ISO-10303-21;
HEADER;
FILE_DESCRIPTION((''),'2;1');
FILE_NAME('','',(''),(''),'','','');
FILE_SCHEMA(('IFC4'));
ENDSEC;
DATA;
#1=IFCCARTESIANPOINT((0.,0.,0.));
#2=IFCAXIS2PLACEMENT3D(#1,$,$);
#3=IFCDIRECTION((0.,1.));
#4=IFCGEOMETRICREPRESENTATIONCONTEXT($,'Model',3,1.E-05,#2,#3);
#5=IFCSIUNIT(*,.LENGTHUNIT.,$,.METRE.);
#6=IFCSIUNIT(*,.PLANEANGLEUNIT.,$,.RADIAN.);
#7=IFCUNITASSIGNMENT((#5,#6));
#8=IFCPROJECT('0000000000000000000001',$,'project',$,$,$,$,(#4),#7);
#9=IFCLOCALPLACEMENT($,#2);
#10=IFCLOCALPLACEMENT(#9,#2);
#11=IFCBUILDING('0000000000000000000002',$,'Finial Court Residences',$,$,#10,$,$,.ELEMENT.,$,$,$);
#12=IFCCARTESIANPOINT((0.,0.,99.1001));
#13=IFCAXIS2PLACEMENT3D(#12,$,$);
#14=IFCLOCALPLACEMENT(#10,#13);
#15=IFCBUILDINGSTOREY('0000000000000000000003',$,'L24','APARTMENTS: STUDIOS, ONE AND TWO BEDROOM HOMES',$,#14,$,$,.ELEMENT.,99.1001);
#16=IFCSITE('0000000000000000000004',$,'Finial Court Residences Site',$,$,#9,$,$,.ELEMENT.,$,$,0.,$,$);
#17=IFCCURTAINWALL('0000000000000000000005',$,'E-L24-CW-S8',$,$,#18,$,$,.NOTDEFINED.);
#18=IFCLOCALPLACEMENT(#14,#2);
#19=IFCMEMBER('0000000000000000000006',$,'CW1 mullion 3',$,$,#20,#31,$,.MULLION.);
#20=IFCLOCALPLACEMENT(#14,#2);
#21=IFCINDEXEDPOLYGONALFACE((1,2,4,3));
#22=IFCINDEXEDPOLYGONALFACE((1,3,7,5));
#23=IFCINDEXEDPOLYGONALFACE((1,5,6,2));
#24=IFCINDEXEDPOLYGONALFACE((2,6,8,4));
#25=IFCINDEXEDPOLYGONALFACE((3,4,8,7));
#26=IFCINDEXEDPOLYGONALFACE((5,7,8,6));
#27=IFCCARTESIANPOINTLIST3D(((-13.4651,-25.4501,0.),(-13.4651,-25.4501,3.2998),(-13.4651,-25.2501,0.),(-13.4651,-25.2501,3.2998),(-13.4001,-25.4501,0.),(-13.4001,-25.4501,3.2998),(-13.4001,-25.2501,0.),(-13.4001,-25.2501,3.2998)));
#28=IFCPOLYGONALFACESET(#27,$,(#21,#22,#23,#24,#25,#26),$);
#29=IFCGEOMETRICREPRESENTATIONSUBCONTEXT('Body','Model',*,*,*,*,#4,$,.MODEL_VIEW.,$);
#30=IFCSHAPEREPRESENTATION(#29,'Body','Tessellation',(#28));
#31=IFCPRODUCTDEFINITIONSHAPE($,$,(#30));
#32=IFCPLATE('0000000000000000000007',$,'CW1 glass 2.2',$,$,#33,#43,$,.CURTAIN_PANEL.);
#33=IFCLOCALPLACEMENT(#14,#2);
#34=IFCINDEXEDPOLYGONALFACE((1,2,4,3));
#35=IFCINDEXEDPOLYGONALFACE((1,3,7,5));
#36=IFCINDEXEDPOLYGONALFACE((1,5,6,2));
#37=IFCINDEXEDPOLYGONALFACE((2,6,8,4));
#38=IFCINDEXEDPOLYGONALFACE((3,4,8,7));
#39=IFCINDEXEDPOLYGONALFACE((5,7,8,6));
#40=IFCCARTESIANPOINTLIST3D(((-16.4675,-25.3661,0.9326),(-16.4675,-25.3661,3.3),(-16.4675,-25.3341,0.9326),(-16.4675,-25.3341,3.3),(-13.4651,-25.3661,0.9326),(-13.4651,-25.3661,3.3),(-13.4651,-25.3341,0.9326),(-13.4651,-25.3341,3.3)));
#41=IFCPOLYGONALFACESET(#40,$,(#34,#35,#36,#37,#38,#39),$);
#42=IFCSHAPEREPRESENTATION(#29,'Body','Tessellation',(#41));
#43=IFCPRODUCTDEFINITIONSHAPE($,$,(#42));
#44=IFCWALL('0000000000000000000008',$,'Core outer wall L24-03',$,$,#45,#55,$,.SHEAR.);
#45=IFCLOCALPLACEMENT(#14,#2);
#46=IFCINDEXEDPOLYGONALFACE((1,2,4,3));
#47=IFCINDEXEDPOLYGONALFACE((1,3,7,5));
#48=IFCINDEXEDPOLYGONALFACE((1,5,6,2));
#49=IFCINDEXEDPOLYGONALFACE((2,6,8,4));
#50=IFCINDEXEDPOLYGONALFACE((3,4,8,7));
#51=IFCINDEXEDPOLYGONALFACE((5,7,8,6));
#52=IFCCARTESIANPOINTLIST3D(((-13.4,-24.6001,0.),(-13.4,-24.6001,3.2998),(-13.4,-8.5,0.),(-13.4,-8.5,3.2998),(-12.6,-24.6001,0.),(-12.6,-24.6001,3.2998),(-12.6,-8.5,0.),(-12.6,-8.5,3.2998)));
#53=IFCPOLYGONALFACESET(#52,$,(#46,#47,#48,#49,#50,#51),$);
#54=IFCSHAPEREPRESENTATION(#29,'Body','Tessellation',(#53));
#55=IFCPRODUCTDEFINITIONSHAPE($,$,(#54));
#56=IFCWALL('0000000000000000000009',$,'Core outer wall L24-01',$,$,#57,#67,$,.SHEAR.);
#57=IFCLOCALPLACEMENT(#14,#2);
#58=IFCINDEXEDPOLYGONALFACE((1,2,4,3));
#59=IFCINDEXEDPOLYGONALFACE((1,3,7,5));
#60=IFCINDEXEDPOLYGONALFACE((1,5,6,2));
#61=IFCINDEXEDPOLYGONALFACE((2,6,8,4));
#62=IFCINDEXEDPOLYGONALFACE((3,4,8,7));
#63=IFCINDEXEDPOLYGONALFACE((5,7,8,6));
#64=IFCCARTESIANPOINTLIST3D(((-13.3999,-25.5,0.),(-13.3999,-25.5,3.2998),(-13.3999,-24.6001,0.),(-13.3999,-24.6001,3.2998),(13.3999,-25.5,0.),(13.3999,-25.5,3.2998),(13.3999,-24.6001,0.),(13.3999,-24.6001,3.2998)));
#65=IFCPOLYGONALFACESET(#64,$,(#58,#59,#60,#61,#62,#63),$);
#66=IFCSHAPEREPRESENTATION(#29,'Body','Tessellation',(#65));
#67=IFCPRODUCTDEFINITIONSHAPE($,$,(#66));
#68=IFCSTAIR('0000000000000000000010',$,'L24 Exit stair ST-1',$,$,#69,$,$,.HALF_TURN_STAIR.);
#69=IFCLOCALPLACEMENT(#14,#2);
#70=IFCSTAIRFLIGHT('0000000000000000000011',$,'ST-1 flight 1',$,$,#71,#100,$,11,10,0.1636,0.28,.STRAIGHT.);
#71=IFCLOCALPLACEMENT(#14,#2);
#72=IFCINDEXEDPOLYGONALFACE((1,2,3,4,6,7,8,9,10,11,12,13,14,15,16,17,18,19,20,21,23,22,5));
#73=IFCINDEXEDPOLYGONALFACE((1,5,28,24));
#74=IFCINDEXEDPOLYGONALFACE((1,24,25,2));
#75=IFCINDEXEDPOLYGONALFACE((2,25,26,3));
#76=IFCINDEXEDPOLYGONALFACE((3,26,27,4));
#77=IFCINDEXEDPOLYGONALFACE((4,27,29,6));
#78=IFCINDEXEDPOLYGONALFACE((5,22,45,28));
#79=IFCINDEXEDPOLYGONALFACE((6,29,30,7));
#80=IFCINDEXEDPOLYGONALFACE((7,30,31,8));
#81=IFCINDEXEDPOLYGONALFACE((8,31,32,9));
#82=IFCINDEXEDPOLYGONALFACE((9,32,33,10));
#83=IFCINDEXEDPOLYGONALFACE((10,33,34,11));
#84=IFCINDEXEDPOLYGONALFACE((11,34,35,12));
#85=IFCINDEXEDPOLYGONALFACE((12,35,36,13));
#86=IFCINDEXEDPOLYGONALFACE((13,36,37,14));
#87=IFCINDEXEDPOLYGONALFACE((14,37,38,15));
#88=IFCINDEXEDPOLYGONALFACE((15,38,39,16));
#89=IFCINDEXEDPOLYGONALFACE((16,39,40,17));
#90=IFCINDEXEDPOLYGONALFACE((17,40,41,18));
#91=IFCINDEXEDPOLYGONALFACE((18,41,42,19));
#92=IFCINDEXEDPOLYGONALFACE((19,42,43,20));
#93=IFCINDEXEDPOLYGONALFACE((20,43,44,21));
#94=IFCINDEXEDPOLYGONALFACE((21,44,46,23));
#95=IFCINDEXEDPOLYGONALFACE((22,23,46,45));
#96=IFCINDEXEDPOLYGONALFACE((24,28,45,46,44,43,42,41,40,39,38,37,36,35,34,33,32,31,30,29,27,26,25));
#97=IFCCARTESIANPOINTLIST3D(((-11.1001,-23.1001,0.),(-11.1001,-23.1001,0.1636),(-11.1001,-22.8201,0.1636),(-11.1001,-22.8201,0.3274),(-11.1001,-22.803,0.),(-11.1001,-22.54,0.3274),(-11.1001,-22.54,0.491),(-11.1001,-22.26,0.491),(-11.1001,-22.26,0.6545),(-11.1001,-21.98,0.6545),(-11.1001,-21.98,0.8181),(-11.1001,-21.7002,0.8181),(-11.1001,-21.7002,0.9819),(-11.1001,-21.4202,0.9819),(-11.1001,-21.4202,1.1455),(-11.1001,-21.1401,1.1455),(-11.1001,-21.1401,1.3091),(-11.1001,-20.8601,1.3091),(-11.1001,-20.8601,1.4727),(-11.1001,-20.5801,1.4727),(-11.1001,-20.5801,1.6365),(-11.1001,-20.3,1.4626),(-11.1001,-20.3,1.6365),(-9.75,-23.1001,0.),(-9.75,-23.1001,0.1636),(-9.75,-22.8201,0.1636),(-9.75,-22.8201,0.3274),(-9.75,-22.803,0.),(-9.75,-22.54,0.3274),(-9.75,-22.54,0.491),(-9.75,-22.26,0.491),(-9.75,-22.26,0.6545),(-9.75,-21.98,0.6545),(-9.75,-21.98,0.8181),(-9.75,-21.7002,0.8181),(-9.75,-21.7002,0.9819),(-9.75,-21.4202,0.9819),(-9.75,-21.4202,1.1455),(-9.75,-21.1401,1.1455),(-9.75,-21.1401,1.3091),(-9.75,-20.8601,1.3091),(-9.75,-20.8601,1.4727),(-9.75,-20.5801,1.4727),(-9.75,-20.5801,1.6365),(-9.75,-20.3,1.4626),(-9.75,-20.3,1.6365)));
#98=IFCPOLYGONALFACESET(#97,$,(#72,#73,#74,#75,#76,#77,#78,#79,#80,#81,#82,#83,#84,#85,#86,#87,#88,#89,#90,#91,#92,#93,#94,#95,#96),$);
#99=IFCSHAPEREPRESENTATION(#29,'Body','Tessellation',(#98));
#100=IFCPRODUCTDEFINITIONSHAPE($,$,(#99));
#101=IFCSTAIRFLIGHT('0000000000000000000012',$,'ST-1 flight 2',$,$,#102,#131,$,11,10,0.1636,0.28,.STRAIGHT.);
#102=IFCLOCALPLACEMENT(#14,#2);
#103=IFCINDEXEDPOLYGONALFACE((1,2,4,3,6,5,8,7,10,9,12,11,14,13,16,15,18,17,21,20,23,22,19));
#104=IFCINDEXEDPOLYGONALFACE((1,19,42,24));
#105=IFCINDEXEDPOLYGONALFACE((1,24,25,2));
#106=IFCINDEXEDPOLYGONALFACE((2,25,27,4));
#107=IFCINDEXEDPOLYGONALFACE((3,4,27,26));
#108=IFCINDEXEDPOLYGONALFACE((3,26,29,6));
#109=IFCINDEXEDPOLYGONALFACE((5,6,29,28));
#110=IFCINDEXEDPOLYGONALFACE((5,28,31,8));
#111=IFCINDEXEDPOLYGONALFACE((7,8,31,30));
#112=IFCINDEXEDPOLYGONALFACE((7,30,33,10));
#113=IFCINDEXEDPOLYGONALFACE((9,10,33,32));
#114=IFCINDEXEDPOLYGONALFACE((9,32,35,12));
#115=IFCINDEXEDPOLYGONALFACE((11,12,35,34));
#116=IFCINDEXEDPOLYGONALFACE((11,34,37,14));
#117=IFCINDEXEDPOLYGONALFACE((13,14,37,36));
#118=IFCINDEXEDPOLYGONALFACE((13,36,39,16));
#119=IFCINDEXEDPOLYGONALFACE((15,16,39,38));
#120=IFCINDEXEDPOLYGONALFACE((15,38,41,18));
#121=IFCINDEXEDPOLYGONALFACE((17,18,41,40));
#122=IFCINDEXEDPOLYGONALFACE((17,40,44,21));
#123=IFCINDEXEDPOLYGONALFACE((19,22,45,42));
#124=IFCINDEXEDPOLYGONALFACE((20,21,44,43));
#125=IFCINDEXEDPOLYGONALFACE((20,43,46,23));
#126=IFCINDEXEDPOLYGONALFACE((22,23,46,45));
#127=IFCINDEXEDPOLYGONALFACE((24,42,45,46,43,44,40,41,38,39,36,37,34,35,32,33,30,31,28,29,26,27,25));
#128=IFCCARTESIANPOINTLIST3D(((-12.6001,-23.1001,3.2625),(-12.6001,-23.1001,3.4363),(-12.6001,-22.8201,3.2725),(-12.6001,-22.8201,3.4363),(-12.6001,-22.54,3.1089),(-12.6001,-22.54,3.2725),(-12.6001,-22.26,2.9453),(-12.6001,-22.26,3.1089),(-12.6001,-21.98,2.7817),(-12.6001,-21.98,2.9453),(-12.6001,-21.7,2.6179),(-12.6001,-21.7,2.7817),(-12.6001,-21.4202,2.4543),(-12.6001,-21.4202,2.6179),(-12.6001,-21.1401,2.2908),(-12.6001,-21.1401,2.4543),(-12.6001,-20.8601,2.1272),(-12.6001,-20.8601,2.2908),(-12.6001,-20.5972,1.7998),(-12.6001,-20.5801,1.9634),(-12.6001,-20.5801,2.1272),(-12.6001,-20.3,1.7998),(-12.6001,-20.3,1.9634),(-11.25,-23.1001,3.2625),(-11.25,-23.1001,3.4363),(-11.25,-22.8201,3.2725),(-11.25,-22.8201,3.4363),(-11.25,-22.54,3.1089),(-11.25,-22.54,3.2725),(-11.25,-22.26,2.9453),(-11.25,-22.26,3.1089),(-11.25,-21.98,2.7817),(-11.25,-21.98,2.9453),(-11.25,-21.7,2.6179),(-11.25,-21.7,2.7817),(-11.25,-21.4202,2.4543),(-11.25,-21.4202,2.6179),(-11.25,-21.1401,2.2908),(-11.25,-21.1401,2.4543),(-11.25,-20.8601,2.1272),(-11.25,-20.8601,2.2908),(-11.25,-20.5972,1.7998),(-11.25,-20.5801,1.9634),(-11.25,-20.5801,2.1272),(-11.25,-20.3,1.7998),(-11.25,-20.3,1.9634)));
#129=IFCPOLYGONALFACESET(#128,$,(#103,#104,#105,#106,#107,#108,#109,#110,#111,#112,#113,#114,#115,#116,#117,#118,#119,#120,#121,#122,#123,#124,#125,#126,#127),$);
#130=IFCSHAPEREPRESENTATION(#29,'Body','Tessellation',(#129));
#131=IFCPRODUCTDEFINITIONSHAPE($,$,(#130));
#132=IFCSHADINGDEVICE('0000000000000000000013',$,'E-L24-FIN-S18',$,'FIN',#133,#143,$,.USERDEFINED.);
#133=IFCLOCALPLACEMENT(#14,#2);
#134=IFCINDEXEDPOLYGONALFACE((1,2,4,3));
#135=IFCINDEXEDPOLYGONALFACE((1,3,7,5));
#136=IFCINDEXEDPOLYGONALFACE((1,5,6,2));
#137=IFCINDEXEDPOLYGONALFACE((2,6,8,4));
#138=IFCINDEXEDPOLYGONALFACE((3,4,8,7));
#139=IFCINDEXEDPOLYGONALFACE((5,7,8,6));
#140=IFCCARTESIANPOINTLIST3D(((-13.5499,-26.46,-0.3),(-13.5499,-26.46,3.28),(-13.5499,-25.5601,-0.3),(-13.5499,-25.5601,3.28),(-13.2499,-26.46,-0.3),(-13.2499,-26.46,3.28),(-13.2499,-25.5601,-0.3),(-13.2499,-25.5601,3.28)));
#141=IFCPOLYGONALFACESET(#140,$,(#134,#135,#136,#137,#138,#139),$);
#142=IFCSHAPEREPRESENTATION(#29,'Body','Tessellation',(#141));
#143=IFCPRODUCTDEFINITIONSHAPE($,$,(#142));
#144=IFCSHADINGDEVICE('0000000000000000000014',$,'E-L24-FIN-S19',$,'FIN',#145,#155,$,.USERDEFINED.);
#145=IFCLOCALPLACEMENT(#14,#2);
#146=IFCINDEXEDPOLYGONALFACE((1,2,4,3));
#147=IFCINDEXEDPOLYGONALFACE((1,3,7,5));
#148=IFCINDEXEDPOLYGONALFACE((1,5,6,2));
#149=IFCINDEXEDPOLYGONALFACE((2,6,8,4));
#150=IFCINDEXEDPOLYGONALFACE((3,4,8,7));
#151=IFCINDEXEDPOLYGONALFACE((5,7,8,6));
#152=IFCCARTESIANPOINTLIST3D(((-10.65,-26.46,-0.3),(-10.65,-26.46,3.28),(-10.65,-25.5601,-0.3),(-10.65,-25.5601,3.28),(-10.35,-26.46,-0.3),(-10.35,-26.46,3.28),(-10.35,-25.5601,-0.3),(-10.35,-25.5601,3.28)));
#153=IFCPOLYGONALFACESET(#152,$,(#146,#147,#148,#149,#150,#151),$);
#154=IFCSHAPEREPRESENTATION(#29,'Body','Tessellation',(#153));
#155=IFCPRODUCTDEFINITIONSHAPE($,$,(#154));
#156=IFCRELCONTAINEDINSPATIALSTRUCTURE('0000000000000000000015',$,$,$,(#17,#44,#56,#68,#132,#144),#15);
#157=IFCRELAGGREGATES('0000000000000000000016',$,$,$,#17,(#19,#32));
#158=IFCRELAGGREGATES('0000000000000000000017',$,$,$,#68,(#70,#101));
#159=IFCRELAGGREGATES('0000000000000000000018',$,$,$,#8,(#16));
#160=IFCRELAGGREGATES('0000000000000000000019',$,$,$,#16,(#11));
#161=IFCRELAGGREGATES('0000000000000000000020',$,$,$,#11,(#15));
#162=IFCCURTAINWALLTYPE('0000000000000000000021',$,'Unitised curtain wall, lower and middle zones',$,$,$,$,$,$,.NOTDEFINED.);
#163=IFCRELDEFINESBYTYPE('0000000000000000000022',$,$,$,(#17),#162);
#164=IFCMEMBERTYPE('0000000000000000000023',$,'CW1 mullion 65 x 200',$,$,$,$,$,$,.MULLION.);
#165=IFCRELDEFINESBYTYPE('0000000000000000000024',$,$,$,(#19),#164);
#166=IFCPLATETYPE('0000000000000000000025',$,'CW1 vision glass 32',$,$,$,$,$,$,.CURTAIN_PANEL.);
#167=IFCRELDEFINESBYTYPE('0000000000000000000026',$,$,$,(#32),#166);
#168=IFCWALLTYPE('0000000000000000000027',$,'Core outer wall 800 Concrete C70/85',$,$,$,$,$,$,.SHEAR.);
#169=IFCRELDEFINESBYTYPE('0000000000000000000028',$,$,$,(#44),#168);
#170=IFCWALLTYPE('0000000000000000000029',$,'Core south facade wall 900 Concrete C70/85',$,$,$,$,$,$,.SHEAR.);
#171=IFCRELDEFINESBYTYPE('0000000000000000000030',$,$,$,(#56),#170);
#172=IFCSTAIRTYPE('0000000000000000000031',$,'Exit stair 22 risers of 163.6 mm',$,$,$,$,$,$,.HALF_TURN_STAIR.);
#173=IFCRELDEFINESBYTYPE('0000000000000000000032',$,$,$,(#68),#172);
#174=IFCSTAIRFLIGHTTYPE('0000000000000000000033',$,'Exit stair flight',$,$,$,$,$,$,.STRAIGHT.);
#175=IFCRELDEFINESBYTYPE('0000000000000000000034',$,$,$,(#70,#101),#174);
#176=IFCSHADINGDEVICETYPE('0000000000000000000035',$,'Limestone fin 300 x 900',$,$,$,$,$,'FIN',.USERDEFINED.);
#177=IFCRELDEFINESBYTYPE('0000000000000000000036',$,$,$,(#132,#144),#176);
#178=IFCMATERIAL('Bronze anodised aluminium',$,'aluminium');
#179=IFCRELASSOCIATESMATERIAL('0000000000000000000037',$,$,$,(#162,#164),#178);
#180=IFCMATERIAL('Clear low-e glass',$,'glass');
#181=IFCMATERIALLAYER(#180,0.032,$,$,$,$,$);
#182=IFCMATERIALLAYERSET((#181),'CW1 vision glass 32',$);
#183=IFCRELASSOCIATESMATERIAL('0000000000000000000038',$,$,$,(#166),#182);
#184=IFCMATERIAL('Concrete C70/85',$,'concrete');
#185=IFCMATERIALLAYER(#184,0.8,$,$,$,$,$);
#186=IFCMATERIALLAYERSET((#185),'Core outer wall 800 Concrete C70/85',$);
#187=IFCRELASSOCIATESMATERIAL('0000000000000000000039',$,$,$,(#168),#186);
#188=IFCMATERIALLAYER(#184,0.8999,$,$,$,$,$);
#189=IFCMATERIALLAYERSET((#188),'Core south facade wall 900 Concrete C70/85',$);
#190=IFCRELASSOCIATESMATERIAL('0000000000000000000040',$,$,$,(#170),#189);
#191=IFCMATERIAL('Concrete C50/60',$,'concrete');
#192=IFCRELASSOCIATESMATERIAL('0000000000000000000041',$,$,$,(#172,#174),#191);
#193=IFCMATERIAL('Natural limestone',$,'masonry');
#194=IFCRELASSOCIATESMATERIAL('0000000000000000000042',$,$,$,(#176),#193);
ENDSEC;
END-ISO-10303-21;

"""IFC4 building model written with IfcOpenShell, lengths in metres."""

from ifc_helpers import new_model, si_unit, direction, frame, frame_2d, origin, origin_2d, place, context, subcontext, project, spatial, polyline, rectangle, outline, extrude, material, layer, layer_set, material_profile, profile_set, type_object, element, aggregate, save


model = new_model("IFC4")

# Units and contexts
model_context = context("Model", 3, precision=1e-05, world=origin(), true_north=direction((0.0, 1.0)))
body_context = subcontext(model_context, "Body", "Model", "MODEL_VIEW")
ifc_project = project(units=[si_unit("LENGTHUNIT", "METRE"), si_unit("PLANEANGLEUNIT", "RADIAN")], contexts=[model_context])

# Site, building, storey
site_placement = place(None, origin())
site = spatial("IfcSite", under=ifc_project, at=site_placement, Name="Finial Court Residences Site", CompositionType="ELEMENT", RefElevation=0.0)
building_placement = place(site_placement, origin())
building = spatial("IfcBuilding", under=site, at=building_placement, Name="Finial Court Residences", CompositionType="ELEMENT")
storey_placement = place(building_placement, frame((0.0, 0.0, 99.1001)))
storey = spatial("IfcBuildingStorey", under=building, at=storey_placement, Name="L24", Description="APARTMENTS: STUDIOS, ONE AND TWO BEDROOM HOMES", CompositionType="ELEMENT", Elevation=99.1001)

# Curtain wall, member, plate
ifc_material_1 = material(Name="Bronze anodised aluminium", Category="aluminium")
curtain_wall_type = type_object("IfcCurtainWallType", Name="Unitised curtain wall, lower and middle zones", PredefinedType="NOTDEFINED", material=ifc_material_1)
curtain_wall_placement = place(storey_placement, origin())
curtain_wall = element("IfcCurtainWall", 1, at=curtain_wall_placement, inside=storey, type_object=curtain_wall_type, Name="E-L24-CW-S8", PredefinedType="NOTDEFINED")
ifc_material_profile = material_profile(ifc_material_1, rectangle(XDim=0.2, YDim=0.0649, at=origin_2d()), Name="CW1 mullion 65 x 200")
ifc_profile_set = profile_set([ifc_material_profile], Name="Bronze anodised aluminium")
member_type = type_object("IfcMemberType", Name="CW1 mullion 65 x 200", PredefinedType="MULLION", material=ifc_profile_set)
member_placement = place(storey_placement, frame((-13.4326, -25.3501, 0.0), z_axis=(0.0, 0.0, 1.0), x_axis=(0.0, 1.0, 0.0)))
member = element("IfcMember", 2, at=member_placement, type_object=member_type, Name="CW1 mullion 3", PredefinedType="MULLION", context=body_context, shape_type="SweptSolid", body=[
    extrude(rectangle(XDim=0.2, YDim=0.0649, at=origin_2d()), origin(), (0.0, 0.0, 1.0), 3.2998),
])
ifc_material_2 = material(Name="Clear low-e glass", Category="glass")
ifc_layer_1 = layer(ifc_material_2, 0.032)
ifc_layer_set_1 = layer_set([ifc_layer_1], Name="CW1 vision glass 32")
plate_type = type_object("IfcPlateType", Name="CW1 vision glass 32", PredefinedType="CURTAIN_PANEL", material=ifc_layer_set_1)
plate_placement = place(storey_placement, frame((-14.9663, -25.3501, 0.9326), z_axis=(0.0, 0.0, 1.0), x_axis=(1.0, 0.0, 0.0)))
plate = element("IfcPlate", 3, at=plate_placement, type_object=plate_type, Name="CW1 glass 2.2", PredefinedType="CURTAIN_PANEL", context=body_context, shape_type="SweptSolid", body=[
    extrude(rectangle(XDim=3.0024, YDim=0.032, at=origin_2d()), origin(), (0.0, 0.0, 1.0), 2.3674),
])
aggregate(curtain_wall, [member, plate])

# Walls
ifc_material_3 = material(Name="Concrete C70/85", Category="concrete")
ifc_layer_2 = layer(ifc_material_3, 0.8)
ifc_layer_set_2 = layer_set([ifc_layer_2], Name="Core outer wall 800 Concrete C70/85")
wall_type_1 = type_object("IfcWallType", Name="Core outer wall 800 Concrete C70/85", PredefinedType="SHEAR", material=ifc_layer_set_2)
wall_1_placement = place(storey_placement, frame((-13.0, -24.6001, 0.0), z_axis=(0.0, 0.0, 1.0), x_axis=(0.0, 1.0, 0.0)))
element("IfcWall", 4, at=wall_1_placement, inside=storey, type_object=wall_type_1, Name="Core outer wall L24-03", PredefinedType="SHEAR", context=body_context, shape_type="SweptSolid", body=[
    extrude(rectangle(XDim=16.1001, YDim=0.8, at=frame_2d((8.05, 0.0))), origin(), (0.0, 0.0, 1.0), 3.2998),
])
ifc_layer_3 = layer(ifc_material_3, 0.8999)
ifc_layer_set_3 = layer_set([ifc_layer_3], Name="Core south facade wall 900 Concrete C70/85")
wall_type_2 = type_object("IfcWallType", Name="Core south facade wall 900 Concrete C70/85", PredefinedType="SHEAR", material=ifc_layer_set_3)
wall_2_placement = place(storey_placement, frame((-13.3999, -25.05, 0.0), z_axis=(0.0, 0.0, 1.0), x_axis=(1.0, 0.0, 0.0)))
element("IfcWall", 5, at=wall_2_placement, inside=storey, type_object=wall_type_2, Name="Core outer wall L24-01", PredefinedType="SHEAR", context=body_context, shape_type="SweptSolid", body=[
    extrude(rectangle(XDim=26.7998, YDim=0.8999, at=frame_2d((13.3999, 0.0))), origin(), (0.0, 0.0, 1.0), 3.2998),
])

# Stair, stair flights
ifc_material_4 = material(Name="Concrete C50/60", Category="concrete")
stair_type = type_object("IfcStairType", Name="Exit stair 22 risers of 163.6 mm", PredefinedType="HALF_TURN_STAIR", material=ifc_material_4)
stair_placement = place(storey_placement, origin())
stair = element("IfcStair", 6, at=stair_placement, inside=storey, type_object=stair_type, Name="L24 Exit stair ST-1", PredefinedType="HALF_TURN_STAIR")
stair_flight_type = type_object("IfcStairFlightType", Name="Exit stair flight", PredefinedType="STRAIGHT", material=ifc_material_4)
stair_flight_1_placement = place(storey_placement, frame((-10.425, -23.1001, 0.0), z_axis=(0.0, 0.0, 1.0), x_axis=(0.0, 1.0, 0.0)))
stair_flight_1 = element("IfcStairFlight", 7, at=stair_flight_1_placement, type_object=stair_flight_type, Name="ST-1 flight 1", NumberOfRisers=11, NumberOfTreads=10, PredefinedType="STRAIGHT", RiserHeight=0.1636, TreadLength=0.28, context=body_context, shape_type="SweptSolid", body=[
    extrude(outline(polyline([(0.0, 0.0), (0.0, 0.1636), (0.28, 0.1636), (0.28, 0.3274), (0.5601, 0.3274), (0.5601, 0.491), (0.8401, 0.491), (0.8401, 0.6545), (1.1201, 0.6545), (1.1201, 0.8181), (1.3999, 0.8181), (1.3999, 0.9819), (1.6799, 0.9819), (1.6799, 1.1455), (1.96, 1.1455), (1.96, 1.3091), (2.24, 1.3091), (2.24, 1.4727), (2.52, 1.4727), (2.52, 1.6365), (2.8, 1.6365), (2.8, 1.8), (2.8, 1.4626), (0.2971, 0.0), (0.0, 0.0)])), frame((0.0, 0.675, 0.0), z_axis=(0.0, -1.0, 0.0), x_axis=(1.0, 0.0, 0.0)), (0.0, 0.0, 1.0), 1.3501),
])
stair_flight_2_placement = place(storey_placement, frame((-11.925, -20.3, 1.7998), z_axis=(0.0, 0.0, 1.0), x_axis=(0.0, -1.0, 0.0)))
stair_flight_2 = element("IfcStairFlight", 8, at=stair_flight_2_placement, type_object=stair_flight_type, Name="ST-1 flight 2", NumberOfRisers=11, NumberOfTreads=10, PredefinedType="STRAIGHT", RiserHeight=0.1636, TreadLength=0.28, context=body_context, shape_type="SweptSolid", body=[
    extrude(outline(polyline([(0.0, 0.0), (0.0, 0.1636), (0.28, 0.1636), (0.28, 0.3274), (0.5601, 0.3274), (0.5601, 0.491), (0.8401, 0.491), (0.8401, 0.6545), (1.1201, 0.6545), (1.1201, 0.8181), (1.3999, 0.8181), (1.3999, 0.9819), (1.6799, 0.9819), (1.6799, 1.1455), (1.96, 1.1455), (1.96, 1.3091), (2.24, 1.3091), (2.24, 1.4727), (2.52, 1.4727), (2.52, 1.6365), (2.8, 1.6365), (2.8, 1.8), (2.8, 1.4626), (0.2971, 0.0), (0.0, 0.0)])), frame((0.0, 0.675, 0.0), z_axis=(0.0, -1.0, 0.0), x_axis=(1.0, 0.0, 0.0)), (0.0, 0.0, 1.0), 1.3501),
])
aggregate(stair, [stair_flight_1, stair_flight_2])

# Shading devices
ifc_material_5 = material(Name="Natural limestone", Category="masonry")
shading_device_type = type_object("IfcShadingDeviceType", Name="Limestone fin 300 x 900", ElementType="FIN", PredefinedType="USERDEFINED", material=ifc_material_5)
for number, where, z_axis, x_axis, name in (
    (9, (-13.3999, -26.01, -0.3), (0.0, 0.0, 1.0), (1.0, 0.0, 0.0), "E-L24-FIN-S18"),
    (10, (-10.5, -26.01, -0.3), (0.0, 0.0, 1.0), (1.0, 0.0, 0.0), "E-L24-FIN-S19"),
):
    element("IfcShadingDevice", number, at=place(storey_placement, frame(where, z_axis=z_axis, x_axis=x_axis)), inside=storey, type_object=shading_device_type, Name=name, ObjectType="FIN", PredefinedType="USERDEFINED", context=body_context, shape_type="SweptSolid", body=[
        extrude(rectangle(XDim=0.3, YDim=0.8999, at=origin_2d()), origin(), (0.0, 0.0, 1.0), 3.5801),
    ])

save(model, "model.ifc")
